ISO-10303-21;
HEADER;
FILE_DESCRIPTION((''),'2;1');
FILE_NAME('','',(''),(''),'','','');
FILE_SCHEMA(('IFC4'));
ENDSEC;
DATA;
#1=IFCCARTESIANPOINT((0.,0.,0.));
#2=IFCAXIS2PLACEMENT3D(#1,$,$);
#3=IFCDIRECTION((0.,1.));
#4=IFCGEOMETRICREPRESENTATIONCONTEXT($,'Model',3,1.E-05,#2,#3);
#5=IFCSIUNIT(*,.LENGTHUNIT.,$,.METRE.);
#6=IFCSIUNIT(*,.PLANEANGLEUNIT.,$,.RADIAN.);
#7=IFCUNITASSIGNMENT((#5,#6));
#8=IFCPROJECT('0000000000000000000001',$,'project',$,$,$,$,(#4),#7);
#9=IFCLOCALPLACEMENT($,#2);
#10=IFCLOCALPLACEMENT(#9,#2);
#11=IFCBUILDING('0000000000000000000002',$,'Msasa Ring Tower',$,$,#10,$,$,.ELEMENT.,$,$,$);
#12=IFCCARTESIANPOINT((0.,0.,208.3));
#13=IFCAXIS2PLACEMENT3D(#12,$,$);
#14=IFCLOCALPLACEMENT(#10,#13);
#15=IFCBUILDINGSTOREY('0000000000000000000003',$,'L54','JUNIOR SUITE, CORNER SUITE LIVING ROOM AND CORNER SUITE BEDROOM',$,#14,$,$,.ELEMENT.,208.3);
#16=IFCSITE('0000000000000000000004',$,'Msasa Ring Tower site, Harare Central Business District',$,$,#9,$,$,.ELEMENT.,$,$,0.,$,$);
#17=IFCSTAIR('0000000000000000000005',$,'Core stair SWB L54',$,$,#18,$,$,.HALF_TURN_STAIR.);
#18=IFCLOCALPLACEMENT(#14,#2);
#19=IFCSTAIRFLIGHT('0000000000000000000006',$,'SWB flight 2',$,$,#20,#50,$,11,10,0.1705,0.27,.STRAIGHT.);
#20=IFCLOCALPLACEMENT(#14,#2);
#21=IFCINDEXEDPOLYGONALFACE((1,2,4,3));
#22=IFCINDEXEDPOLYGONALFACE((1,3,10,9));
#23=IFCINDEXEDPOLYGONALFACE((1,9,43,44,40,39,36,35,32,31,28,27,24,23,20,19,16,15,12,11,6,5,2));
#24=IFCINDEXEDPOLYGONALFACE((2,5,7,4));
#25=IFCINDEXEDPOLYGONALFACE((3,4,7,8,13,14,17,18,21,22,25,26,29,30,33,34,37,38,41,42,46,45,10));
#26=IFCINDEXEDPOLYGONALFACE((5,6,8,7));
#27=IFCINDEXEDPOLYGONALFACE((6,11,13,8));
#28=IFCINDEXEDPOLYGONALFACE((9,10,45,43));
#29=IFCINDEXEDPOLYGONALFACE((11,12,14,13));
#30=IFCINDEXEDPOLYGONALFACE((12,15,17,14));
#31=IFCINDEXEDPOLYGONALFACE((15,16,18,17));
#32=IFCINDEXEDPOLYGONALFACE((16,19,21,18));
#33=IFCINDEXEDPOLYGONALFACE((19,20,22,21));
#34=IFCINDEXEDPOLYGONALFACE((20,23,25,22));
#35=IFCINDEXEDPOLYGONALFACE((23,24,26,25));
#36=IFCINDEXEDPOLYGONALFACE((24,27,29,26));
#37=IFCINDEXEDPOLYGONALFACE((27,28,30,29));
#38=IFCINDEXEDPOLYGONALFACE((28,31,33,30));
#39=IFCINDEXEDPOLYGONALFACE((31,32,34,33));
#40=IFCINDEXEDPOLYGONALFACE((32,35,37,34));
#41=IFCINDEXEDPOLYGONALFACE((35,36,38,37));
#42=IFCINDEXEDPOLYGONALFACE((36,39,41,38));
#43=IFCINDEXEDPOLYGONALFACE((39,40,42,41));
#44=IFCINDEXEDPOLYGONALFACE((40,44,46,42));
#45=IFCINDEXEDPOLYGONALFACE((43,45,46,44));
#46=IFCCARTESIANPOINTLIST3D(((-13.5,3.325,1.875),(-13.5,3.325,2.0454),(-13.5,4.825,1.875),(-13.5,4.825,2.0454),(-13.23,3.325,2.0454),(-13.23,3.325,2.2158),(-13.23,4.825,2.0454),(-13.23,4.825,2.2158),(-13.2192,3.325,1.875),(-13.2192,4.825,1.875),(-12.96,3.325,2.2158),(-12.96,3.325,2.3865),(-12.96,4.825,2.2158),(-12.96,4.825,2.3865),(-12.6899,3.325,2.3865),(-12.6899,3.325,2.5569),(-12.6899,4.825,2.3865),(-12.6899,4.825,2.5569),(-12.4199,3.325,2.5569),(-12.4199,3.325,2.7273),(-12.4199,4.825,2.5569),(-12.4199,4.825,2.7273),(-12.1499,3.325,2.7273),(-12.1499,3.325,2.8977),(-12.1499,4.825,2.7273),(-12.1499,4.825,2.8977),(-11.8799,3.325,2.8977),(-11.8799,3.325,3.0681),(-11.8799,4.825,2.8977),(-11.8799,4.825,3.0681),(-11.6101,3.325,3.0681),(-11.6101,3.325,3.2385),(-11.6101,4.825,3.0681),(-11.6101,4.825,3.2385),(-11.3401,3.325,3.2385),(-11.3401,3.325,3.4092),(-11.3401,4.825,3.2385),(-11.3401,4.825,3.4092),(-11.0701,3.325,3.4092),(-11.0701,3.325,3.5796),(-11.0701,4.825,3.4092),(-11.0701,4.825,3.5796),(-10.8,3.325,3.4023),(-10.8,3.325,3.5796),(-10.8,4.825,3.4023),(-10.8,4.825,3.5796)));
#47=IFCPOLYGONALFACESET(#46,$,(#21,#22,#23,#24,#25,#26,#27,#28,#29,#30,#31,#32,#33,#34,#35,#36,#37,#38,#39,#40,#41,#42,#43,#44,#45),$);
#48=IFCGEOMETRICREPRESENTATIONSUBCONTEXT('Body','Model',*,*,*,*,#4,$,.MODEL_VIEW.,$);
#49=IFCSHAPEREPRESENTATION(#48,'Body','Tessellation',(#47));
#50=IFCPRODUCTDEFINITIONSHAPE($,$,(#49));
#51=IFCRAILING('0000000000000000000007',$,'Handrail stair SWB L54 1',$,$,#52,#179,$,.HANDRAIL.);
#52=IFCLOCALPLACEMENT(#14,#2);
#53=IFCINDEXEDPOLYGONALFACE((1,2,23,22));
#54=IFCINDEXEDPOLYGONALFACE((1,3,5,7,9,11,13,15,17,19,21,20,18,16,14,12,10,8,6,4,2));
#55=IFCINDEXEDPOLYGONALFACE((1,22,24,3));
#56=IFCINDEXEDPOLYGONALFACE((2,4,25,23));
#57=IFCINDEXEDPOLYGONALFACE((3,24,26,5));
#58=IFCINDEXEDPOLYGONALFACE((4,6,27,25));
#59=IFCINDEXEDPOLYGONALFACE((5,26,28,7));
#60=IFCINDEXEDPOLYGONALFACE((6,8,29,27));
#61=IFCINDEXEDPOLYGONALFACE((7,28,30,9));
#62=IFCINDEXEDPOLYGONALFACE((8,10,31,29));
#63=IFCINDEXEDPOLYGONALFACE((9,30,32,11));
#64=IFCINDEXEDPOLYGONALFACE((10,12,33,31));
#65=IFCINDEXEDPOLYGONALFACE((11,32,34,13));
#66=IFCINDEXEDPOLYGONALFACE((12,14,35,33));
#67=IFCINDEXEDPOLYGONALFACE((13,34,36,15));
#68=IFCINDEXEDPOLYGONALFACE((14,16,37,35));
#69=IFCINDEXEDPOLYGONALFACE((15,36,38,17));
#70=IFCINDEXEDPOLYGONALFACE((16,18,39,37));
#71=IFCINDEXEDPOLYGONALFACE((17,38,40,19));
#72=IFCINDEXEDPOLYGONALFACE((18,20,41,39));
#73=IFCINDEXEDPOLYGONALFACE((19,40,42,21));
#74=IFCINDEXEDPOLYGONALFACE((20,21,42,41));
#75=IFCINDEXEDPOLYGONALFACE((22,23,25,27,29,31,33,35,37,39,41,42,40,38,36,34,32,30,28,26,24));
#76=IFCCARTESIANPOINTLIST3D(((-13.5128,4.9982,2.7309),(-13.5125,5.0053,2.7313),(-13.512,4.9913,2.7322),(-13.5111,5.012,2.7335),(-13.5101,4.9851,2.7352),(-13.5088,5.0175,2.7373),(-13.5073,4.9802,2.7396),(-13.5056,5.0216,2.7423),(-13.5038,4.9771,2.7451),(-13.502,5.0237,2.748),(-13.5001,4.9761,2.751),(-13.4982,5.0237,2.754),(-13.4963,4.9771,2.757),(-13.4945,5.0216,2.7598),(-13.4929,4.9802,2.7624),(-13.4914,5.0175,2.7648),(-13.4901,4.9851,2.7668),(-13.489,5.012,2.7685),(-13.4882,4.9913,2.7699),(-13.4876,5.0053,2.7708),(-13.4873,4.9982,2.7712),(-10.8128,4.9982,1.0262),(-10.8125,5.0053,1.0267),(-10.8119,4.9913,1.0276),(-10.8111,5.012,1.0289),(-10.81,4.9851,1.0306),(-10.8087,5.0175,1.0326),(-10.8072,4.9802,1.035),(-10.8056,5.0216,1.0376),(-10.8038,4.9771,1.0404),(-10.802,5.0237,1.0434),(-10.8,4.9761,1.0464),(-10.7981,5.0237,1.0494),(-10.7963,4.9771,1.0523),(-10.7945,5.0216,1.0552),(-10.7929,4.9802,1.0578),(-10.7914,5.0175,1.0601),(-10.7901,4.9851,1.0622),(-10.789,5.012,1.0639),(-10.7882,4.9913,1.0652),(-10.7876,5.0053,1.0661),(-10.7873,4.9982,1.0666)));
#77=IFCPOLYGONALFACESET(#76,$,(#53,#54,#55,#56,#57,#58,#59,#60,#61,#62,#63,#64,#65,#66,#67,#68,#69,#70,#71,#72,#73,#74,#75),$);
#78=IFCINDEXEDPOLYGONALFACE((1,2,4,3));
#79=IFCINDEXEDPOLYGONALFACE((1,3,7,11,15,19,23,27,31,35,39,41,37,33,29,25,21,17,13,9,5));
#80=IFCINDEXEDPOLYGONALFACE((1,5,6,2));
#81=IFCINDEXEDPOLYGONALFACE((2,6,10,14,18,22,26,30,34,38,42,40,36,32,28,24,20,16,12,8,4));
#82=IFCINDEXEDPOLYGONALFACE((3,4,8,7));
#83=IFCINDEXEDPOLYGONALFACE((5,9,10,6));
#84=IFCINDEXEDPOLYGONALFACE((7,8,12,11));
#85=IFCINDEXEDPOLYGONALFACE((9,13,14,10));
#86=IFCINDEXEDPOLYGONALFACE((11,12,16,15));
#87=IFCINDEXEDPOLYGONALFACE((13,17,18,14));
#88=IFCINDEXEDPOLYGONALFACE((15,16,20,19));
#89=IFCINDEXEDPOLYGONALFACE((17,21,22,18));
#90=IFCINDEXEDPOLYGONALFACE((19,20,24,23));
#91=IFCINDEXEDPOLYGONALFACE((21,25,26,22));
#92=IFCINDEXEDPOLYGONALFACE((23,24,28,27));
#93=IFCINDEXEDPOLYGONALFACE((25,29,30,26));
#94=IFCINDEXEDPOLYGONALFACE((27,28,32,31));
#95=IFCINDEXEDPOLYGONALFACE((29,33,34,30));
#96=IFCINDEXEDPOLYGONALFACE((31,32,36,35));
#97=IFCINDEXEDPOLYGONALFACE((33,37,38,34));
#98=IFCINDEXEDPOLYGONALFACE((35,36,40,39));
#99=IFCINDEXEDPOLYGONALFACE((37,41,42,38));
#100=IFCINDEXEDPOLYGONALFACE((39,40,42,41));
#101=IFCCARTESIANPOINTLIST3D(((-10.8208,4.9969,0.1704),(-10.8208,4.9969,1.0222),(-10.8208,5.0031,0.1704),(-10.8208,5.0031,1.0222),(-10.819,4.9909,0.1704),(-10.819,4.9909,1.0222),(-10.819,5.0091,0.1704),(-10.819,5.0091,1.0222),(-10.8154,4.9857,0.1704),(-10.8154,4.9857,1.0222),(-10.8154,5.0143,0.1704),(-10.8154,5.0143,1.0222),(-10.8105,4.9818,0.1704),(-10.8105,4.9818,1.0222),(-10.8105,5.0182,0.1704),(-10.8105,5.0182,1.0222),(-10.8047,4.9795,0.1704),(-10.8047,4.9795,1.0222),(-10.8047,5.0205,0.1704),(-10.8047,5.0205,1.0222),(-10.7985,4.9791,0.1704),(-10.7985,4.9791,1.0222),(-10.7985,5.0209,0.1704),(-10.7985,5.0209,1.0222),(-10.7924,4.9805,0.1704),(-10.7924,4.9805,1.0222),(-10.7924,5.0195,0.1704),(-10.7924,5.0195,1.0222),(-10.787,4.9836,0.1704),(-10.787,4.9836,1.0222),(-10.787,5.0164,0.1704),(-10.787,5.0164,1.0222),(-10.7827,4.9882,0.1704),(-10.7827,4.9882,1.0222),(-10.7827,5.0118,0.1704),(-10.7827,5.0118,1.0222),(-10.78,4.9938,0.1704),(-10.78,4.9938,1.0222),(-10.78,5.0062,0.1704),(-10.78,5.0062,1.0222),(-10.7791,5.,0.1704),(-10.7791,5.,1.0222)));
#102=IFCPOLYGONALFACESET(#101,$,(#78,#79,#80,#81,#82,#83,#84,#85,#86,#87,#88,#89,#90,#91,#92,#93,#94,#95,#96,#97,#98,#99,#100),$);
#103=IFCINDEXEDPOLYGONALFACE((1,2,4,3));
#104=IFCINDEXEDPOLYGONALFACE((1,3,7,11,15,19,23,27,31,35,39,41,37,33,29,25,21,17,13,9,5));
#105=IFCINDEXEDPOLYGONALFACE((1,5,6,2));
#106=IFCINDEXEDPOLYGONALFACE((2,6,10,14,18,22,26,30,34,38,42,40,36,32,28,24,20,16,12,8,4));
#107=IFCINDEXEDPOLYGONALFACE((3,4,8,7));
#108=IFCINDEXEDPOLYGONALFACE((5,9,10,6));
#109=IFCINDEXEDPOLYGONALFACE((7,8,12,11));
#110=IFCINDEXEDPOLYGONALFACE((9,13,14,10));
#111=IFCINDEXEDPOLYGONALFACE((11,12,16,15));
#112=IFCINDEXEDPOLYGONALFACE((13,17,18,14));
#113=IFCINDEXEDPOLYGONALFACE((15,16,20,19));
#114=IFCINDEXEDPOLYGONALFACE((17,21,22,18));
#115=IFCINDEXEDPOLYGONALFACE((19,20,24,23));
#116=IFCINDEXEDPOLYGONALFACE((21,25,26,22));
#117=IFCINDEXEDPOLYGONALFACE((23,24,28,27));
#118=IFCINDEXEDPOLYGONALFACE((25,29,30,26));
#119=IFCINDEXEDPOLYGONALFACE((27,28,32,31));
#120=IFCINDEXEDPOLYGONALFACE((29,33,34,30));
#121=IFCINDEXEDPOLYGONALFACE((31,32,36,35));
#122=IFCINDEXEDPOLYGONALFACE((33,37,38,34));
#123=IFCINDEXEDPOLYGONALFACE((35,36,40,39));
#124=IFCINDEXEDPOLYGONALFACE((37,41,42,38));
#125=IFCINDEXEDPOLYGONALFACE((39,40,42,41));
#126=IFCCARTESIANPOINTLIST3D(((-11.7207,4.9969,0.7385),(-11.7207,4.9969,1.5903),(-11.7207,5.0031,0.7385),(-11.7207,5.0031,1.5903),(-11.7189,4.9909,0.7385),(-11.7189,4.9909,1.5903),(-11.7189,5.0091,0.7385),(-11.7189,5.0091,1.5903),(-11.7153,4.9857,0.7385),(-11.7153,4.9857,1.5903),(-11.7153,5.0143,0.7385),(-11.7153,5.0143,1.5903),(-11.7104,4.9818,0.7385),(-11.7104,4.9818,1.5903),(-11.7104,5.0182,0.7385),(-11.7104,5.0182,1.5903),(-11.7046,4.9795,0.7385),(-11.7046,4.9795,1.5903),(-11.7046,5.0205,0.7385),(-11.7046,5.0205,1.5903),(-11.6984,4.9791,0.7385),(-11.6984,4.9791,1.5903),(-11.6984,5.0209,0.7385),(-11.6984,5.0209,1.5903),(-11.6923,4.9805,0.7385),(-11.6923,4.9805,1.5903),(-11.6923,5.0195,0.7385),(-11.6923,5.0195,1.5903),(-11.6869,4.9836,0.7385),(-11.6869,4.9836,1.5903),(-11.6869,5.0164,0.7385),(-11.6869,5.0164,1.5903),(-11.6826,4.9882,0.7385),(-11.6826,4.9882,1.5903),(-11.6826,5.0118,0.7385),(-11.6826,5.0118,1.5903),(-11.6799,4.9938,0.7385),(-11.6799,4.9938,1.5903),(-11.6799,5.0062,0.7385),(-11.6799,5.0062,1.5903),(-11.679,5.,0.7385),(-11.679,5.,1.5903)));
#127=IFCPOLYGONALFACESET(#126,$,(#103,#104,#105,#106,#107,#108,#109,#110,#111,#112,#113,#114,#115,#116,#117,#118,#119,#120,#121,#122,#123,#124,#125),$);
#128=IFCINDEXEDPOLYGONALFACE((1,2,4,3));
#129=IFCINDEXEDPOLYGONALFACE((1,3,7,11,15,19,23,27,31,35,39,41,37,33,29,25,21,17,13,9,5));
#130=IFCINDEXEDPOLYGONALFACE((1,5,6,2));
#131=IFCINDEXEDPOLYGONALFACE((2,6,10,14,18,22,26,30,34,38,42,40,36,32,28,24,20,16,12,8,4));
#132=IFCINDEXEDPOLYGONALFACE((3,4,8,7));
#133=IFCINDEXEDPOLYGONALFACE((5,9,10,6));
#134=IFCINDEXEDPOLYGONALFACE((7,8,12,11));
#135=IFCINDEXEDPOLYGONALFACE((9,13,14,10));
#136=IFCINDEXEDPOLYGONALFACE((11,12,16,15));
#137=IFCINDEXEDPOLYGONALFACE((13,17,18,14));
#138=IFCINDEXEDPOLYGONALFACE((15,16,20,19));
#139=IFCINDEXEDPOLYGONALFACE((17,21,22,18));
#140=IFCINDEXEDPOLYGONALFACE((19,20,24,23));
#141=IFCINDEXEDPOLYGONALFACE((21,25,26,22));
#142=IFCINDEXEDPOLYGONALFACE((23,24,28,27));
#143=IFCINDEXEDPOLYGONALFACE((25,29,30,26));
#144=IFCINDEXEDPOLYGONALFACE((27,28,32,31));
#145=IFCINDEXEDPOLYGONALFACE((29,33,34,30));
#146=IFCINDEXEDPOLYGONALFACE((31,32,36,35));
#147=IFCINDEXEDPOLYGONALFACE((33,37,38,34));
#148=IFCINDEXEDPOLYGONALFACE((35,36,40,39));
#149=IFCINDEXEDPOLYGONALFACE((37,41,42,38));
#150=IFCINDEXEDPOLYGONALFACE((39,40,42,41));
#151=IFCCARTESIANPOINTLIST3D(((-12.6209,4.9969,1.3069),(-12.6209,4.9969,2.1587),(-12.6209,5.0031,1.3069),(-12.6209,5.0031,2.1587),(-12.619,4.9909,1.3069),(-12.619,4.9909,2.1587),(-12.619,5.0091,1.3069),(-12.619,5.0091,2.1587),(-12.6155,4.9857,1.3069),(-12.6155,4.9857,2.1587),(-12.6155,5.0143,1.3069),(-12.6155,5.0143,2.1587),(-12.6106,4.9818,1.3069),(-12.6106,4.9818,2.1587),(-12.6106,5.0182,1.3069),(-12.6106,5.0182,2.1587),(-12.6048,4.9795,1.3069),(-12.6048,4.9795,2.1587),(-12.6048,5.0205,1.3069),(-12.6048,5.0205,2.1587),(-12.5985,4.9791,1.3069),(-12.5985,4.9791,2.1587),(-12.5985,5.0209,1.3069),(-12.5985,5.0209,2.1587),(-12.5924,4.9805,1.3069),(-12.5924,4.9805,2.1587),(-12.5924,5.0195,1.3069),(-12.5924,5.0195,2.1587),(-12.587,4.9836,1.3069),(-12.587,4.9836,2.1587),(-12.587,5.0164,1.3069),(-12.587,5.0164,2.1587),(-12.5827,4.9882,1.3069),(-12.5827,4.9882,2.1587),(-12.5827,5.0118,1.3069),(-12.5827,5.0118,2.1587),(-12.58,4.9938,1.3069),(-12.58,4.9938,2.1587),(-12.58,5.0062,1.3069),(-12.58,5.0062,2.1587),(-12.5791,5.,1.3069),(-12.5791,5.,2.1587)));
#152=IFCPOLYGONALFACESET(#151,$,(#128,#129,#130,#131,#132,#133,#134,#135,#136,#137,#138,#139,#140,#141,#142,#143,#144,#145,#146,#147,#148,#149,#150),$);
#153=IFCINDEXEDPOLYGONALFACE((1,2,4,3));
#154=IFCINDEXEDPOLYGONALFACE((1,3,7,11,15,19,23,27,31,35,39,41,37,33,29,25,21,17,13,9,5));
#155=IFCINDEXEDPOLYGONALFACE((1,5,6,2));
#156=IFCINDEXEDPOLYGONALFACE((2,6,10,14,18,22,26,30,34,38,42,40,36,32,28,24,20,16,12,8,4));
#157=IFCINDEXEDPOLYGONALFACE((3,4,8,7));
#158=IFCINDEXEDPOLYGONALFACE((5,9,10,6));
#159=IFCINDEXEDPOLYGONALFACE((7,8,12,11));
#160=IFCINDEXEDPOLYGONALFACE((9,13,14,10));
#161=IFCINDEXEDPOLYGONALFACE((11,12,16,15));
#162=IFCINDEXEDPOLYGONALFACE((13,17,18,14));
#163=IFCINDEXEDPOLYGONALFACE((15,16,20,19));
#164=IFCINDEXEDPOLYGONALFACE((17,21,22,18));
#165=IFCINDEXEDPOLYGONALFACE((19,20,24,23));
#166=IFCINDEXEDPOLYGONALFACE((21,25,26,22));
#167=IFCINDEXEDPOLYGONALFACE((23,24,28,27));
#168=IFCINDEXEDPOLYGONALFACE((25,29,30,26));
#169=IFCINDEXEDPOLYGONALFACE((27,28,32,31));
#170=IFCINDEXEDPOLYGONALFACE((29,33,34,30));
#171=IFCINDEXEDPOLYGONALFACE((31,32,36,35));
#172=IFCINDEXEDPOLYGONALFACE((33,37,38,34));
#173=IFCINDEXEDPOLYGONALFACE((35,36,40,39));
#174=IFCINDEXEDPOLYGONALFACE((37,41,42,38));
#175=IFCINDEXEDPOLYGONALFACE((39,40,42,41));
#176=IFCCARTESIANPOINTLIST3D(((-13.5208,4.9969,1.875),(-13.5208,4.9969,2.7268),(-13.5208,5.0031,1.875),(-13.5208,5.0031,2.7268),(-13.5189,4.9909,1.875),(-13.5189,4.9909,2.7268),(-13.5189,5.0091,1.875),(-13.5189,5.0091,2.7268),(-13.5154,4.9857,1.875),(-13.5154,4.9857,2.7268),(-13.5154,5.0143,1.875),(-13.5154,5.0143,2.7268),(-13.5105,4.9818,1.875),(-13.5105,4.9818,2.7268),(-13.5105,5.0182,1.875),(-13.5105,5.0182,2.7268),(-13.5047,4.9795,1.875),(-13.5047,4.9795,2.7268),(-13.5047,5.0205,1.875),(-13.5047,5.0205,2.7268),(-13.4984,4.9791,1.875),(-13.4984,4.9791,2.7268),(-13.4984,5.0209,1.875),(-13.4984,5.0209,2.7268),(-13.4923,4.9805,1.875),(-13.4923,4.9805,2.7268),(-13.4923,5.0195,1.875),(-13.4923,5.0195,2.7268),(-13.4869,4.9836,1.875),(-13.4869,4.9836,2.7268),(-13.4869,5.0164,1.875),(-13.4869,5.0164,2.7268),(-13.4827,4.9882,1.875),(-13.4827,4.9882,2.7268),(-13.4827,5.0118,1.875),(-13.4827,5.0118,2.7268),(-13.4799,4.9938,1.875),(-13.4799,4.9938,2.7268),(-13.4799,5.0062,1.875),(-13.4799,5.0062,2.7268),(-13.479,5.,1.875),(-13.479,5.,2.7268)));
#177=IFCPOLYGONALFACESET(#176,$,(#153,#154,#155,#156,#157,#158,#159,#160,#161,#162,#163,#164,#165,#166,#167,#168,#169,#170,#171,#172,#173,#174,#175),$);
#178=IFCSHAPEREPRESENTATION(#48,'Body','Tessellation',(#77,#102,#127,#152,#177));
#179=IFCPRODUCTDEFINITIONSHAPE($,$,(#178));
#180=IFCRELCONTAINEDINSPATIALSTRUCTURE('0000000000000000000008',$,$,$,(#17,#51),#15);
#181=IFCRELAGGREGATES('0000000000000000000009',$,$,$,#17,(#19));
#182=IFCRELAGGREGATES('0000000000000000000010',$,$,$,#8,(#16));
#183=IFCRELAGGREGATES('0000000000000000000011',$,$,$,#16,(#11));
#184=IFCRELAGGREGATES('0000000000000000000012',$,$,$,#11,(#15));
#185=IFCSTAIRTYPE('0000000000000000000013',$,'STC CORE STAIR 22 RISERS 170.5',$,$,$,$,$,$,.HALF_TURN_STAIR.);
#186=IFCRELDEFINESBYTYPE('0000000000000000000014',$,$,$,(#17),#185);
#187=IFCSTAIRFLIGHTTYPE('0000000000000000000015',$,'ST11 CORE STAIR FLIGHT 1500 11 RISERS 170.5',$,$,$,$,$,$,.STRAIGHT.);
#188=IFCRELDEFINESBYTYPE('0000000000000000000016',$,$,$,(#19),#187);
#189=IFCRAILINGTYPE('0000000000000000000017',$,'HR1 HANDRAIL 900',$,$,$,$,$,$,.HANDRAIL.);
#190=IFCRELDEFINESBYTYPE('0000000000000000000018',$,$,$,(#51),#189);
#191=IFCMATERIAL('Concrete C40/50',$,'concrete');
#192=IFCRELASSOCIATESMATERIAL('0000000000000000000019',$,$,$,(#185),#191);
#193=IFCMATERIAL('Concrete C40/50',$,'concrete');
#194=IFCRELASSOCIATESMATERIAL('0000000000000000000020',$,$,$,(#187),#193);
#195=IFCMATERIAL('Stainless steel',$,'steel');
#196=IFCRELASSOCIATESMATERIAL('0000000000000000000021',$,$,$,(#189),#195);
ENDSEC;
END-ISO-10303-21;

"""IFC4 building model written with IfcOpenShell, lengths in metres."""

from ifc_helpers import new_model, si_unit, direction, frame, origin, origin_2d, place, context, subcontext, project, spatial, polyline, circle, outline, extrude, material, type_object, element, aggregate, save


model = new_model("IFC4")

# Units and contexts
model_context = context("Model", 3, precision=1e-05, world=origin(), true_north=direction((0.0, 1.0)))
body_context = subcontext(model_context, "Body", "Model", "MODEL_VIEW")
ifc_project = project(units=[si_unit("LENGTHUNIT", "METRE"), si_unit("PLANEANGLEUNIT", "RADIAN")], contexts=[model_context])

# Site, building, storey
site_placement = place(None, origin())
site = spatial("IfcSite", under=ifc_project, at=site_placement, Name="Msasa Ring Tower site, Harare Central Business District", CompositionType="ELEMENT", RefElevation=0.0)
building_placement = place(site_placement, origin())
building = spatial("IfcBuilding", under=site, at=building_placement, Name="Msasa Ring Tower", CompositionType="ELEMENT")
storey_placement = place(building_placement, frame((0.0, 0.0, 208.3)))
storey = spatial("IfcBuildingStorey", under=building, at=storey_placement, Name="L54", Description="JUNIOR SUITE, CORNER SUITE LIVING ROOM AND CORNER SUITE BEDROOM", CompositionType="ELEMENT", Elevation=208.3)

# Stair, stair flight
ifc_material_1 = material(Name="Concrete C40/50", Category="concrete")
stair_type = type_object("IfcStairType", Name="STC CORE STAIR 22 RISERS 170.5", PredefinedType="HALF_TURN_STAIR", material=ifc_material_1)
stair_placement = place(storey_placement, origin())
stair = element("IfcStair", 1, at=stair_placement, inside=storey, type_object=stair_type, Name="Core stair SWB L54", PredefinedType="HALF_TURN_STAIR")
ifc_material_2 = material(Name="Concrete C40/50", Category="concrete")
stair_flight_type = type_object("IfcStairFlightType", Name="ST11 CORE STAIR FLIGHT 1500 11 RISERS 170.5", PredefinedType="STRAIGHT", material=ifc_material_2)
stair_flight_1_placement = place(storey_placement, frame((-13.5, 4.075, 1.875), z_axis=(0.0, 0.0, 1.0), x_axis=(1.0, 0.0, 0.0)))
stair_flight_1 = element("IfcStairFlight", 2, at=stair_flight_1_placement, type_object=stair_flight_type, Name="SWB flight 2", NumberOfRisers=11, NumberOfTreads=10, PredefinedType="STRAIGHT", RiserHeight=0.1705, TreadLength=0.27, context=body_context, shape_type="SweptSolid", body=[
    extrude(outline(polyline([(0.0, 0.0), (0.0, 0.1704), (0.27, 0.1704), (0.27, 0.3408), (0.54, 0.3408), (0.54, 0.5115), (0.8101, 0.5115), (0.8101, 0.6819), (1.0801, 0.6819), (1.0801, 0.8523), (1.3501, 0.8523), (1.3501, 1.0227), (1.6201, 1.0227), (1.6201, 1.1931), (1.8899, 1.1931), (1.8899, 1.3635), (2.1599, 1.3635), (2.1599, 1.5342), (2.4299, 1.5342), (2.4299, 1.7046), (2.7, 1.7046), (2.7, 1.875), (2.7, 1.5273), (0.2808, 0.0), (0.0, 0.0)])), frame((0.0, 0.75, 0.0), z_axis=(0.0, -1.0, 0.0), x_axis=(1.0, 0.0, 0.0)), (0.0, 0.0, 1.0), 1.5),
])
aggregate(stair, [stair_flight_1])

# Railing
ifc_material_3 = material(Name="Stainless steel", Category="steel")
railing_type = type_object("IfcRailingType", Name="HR1 HANDRAIL 900", PredefinedType="HANDRAIL", material=ifc_material_3)
for number, where, name in (
    (3, (-10.8, 5.0, 0.1704), "Handrail stair SWB L54 1"),
):
    element("IfcRailing", number, at=place(storey_placement, frame(where)), inside=storey, type_object=railing_type, Name=name, PredefinedType="HANDRAIL", context=body_context, shape_type="SweptSolid", body=[
        extrude(circle(Radius=0.0239, at=origin_2d()), frame((0.0, 0.0, 0.876), z_axis=(-0.84558, 0.0, 0.533849), x_axis=(0.0, -1.0, 0.0)), (0.0, 0.0, 1.0), 3.1931),
        extrude(circle(Radius=0.021, at=origin_2d()), origin(), (0.0, 0.0, 1.0), 0.8518),
        extrude(circle(Radius=0.021, at=origin_2d()), frame((-0.8999, 0.0, 0.5681)), (0.0, 0.0, 1.0), 0.8518),
        extrude(circle(Radius=0.021, at=origin_2d()), frame((-1.8, 0.0, 1.1365)), (0.0, 0.0, 1.0), 0.8518),
        extrude(circle(Radius=0.021, at=origin_2d()), frame((-2.7, 0.0, 1.7046)), (0.0, 0.0, 1.0), 0.8518),
    ])

save(model, "model.ifc")
